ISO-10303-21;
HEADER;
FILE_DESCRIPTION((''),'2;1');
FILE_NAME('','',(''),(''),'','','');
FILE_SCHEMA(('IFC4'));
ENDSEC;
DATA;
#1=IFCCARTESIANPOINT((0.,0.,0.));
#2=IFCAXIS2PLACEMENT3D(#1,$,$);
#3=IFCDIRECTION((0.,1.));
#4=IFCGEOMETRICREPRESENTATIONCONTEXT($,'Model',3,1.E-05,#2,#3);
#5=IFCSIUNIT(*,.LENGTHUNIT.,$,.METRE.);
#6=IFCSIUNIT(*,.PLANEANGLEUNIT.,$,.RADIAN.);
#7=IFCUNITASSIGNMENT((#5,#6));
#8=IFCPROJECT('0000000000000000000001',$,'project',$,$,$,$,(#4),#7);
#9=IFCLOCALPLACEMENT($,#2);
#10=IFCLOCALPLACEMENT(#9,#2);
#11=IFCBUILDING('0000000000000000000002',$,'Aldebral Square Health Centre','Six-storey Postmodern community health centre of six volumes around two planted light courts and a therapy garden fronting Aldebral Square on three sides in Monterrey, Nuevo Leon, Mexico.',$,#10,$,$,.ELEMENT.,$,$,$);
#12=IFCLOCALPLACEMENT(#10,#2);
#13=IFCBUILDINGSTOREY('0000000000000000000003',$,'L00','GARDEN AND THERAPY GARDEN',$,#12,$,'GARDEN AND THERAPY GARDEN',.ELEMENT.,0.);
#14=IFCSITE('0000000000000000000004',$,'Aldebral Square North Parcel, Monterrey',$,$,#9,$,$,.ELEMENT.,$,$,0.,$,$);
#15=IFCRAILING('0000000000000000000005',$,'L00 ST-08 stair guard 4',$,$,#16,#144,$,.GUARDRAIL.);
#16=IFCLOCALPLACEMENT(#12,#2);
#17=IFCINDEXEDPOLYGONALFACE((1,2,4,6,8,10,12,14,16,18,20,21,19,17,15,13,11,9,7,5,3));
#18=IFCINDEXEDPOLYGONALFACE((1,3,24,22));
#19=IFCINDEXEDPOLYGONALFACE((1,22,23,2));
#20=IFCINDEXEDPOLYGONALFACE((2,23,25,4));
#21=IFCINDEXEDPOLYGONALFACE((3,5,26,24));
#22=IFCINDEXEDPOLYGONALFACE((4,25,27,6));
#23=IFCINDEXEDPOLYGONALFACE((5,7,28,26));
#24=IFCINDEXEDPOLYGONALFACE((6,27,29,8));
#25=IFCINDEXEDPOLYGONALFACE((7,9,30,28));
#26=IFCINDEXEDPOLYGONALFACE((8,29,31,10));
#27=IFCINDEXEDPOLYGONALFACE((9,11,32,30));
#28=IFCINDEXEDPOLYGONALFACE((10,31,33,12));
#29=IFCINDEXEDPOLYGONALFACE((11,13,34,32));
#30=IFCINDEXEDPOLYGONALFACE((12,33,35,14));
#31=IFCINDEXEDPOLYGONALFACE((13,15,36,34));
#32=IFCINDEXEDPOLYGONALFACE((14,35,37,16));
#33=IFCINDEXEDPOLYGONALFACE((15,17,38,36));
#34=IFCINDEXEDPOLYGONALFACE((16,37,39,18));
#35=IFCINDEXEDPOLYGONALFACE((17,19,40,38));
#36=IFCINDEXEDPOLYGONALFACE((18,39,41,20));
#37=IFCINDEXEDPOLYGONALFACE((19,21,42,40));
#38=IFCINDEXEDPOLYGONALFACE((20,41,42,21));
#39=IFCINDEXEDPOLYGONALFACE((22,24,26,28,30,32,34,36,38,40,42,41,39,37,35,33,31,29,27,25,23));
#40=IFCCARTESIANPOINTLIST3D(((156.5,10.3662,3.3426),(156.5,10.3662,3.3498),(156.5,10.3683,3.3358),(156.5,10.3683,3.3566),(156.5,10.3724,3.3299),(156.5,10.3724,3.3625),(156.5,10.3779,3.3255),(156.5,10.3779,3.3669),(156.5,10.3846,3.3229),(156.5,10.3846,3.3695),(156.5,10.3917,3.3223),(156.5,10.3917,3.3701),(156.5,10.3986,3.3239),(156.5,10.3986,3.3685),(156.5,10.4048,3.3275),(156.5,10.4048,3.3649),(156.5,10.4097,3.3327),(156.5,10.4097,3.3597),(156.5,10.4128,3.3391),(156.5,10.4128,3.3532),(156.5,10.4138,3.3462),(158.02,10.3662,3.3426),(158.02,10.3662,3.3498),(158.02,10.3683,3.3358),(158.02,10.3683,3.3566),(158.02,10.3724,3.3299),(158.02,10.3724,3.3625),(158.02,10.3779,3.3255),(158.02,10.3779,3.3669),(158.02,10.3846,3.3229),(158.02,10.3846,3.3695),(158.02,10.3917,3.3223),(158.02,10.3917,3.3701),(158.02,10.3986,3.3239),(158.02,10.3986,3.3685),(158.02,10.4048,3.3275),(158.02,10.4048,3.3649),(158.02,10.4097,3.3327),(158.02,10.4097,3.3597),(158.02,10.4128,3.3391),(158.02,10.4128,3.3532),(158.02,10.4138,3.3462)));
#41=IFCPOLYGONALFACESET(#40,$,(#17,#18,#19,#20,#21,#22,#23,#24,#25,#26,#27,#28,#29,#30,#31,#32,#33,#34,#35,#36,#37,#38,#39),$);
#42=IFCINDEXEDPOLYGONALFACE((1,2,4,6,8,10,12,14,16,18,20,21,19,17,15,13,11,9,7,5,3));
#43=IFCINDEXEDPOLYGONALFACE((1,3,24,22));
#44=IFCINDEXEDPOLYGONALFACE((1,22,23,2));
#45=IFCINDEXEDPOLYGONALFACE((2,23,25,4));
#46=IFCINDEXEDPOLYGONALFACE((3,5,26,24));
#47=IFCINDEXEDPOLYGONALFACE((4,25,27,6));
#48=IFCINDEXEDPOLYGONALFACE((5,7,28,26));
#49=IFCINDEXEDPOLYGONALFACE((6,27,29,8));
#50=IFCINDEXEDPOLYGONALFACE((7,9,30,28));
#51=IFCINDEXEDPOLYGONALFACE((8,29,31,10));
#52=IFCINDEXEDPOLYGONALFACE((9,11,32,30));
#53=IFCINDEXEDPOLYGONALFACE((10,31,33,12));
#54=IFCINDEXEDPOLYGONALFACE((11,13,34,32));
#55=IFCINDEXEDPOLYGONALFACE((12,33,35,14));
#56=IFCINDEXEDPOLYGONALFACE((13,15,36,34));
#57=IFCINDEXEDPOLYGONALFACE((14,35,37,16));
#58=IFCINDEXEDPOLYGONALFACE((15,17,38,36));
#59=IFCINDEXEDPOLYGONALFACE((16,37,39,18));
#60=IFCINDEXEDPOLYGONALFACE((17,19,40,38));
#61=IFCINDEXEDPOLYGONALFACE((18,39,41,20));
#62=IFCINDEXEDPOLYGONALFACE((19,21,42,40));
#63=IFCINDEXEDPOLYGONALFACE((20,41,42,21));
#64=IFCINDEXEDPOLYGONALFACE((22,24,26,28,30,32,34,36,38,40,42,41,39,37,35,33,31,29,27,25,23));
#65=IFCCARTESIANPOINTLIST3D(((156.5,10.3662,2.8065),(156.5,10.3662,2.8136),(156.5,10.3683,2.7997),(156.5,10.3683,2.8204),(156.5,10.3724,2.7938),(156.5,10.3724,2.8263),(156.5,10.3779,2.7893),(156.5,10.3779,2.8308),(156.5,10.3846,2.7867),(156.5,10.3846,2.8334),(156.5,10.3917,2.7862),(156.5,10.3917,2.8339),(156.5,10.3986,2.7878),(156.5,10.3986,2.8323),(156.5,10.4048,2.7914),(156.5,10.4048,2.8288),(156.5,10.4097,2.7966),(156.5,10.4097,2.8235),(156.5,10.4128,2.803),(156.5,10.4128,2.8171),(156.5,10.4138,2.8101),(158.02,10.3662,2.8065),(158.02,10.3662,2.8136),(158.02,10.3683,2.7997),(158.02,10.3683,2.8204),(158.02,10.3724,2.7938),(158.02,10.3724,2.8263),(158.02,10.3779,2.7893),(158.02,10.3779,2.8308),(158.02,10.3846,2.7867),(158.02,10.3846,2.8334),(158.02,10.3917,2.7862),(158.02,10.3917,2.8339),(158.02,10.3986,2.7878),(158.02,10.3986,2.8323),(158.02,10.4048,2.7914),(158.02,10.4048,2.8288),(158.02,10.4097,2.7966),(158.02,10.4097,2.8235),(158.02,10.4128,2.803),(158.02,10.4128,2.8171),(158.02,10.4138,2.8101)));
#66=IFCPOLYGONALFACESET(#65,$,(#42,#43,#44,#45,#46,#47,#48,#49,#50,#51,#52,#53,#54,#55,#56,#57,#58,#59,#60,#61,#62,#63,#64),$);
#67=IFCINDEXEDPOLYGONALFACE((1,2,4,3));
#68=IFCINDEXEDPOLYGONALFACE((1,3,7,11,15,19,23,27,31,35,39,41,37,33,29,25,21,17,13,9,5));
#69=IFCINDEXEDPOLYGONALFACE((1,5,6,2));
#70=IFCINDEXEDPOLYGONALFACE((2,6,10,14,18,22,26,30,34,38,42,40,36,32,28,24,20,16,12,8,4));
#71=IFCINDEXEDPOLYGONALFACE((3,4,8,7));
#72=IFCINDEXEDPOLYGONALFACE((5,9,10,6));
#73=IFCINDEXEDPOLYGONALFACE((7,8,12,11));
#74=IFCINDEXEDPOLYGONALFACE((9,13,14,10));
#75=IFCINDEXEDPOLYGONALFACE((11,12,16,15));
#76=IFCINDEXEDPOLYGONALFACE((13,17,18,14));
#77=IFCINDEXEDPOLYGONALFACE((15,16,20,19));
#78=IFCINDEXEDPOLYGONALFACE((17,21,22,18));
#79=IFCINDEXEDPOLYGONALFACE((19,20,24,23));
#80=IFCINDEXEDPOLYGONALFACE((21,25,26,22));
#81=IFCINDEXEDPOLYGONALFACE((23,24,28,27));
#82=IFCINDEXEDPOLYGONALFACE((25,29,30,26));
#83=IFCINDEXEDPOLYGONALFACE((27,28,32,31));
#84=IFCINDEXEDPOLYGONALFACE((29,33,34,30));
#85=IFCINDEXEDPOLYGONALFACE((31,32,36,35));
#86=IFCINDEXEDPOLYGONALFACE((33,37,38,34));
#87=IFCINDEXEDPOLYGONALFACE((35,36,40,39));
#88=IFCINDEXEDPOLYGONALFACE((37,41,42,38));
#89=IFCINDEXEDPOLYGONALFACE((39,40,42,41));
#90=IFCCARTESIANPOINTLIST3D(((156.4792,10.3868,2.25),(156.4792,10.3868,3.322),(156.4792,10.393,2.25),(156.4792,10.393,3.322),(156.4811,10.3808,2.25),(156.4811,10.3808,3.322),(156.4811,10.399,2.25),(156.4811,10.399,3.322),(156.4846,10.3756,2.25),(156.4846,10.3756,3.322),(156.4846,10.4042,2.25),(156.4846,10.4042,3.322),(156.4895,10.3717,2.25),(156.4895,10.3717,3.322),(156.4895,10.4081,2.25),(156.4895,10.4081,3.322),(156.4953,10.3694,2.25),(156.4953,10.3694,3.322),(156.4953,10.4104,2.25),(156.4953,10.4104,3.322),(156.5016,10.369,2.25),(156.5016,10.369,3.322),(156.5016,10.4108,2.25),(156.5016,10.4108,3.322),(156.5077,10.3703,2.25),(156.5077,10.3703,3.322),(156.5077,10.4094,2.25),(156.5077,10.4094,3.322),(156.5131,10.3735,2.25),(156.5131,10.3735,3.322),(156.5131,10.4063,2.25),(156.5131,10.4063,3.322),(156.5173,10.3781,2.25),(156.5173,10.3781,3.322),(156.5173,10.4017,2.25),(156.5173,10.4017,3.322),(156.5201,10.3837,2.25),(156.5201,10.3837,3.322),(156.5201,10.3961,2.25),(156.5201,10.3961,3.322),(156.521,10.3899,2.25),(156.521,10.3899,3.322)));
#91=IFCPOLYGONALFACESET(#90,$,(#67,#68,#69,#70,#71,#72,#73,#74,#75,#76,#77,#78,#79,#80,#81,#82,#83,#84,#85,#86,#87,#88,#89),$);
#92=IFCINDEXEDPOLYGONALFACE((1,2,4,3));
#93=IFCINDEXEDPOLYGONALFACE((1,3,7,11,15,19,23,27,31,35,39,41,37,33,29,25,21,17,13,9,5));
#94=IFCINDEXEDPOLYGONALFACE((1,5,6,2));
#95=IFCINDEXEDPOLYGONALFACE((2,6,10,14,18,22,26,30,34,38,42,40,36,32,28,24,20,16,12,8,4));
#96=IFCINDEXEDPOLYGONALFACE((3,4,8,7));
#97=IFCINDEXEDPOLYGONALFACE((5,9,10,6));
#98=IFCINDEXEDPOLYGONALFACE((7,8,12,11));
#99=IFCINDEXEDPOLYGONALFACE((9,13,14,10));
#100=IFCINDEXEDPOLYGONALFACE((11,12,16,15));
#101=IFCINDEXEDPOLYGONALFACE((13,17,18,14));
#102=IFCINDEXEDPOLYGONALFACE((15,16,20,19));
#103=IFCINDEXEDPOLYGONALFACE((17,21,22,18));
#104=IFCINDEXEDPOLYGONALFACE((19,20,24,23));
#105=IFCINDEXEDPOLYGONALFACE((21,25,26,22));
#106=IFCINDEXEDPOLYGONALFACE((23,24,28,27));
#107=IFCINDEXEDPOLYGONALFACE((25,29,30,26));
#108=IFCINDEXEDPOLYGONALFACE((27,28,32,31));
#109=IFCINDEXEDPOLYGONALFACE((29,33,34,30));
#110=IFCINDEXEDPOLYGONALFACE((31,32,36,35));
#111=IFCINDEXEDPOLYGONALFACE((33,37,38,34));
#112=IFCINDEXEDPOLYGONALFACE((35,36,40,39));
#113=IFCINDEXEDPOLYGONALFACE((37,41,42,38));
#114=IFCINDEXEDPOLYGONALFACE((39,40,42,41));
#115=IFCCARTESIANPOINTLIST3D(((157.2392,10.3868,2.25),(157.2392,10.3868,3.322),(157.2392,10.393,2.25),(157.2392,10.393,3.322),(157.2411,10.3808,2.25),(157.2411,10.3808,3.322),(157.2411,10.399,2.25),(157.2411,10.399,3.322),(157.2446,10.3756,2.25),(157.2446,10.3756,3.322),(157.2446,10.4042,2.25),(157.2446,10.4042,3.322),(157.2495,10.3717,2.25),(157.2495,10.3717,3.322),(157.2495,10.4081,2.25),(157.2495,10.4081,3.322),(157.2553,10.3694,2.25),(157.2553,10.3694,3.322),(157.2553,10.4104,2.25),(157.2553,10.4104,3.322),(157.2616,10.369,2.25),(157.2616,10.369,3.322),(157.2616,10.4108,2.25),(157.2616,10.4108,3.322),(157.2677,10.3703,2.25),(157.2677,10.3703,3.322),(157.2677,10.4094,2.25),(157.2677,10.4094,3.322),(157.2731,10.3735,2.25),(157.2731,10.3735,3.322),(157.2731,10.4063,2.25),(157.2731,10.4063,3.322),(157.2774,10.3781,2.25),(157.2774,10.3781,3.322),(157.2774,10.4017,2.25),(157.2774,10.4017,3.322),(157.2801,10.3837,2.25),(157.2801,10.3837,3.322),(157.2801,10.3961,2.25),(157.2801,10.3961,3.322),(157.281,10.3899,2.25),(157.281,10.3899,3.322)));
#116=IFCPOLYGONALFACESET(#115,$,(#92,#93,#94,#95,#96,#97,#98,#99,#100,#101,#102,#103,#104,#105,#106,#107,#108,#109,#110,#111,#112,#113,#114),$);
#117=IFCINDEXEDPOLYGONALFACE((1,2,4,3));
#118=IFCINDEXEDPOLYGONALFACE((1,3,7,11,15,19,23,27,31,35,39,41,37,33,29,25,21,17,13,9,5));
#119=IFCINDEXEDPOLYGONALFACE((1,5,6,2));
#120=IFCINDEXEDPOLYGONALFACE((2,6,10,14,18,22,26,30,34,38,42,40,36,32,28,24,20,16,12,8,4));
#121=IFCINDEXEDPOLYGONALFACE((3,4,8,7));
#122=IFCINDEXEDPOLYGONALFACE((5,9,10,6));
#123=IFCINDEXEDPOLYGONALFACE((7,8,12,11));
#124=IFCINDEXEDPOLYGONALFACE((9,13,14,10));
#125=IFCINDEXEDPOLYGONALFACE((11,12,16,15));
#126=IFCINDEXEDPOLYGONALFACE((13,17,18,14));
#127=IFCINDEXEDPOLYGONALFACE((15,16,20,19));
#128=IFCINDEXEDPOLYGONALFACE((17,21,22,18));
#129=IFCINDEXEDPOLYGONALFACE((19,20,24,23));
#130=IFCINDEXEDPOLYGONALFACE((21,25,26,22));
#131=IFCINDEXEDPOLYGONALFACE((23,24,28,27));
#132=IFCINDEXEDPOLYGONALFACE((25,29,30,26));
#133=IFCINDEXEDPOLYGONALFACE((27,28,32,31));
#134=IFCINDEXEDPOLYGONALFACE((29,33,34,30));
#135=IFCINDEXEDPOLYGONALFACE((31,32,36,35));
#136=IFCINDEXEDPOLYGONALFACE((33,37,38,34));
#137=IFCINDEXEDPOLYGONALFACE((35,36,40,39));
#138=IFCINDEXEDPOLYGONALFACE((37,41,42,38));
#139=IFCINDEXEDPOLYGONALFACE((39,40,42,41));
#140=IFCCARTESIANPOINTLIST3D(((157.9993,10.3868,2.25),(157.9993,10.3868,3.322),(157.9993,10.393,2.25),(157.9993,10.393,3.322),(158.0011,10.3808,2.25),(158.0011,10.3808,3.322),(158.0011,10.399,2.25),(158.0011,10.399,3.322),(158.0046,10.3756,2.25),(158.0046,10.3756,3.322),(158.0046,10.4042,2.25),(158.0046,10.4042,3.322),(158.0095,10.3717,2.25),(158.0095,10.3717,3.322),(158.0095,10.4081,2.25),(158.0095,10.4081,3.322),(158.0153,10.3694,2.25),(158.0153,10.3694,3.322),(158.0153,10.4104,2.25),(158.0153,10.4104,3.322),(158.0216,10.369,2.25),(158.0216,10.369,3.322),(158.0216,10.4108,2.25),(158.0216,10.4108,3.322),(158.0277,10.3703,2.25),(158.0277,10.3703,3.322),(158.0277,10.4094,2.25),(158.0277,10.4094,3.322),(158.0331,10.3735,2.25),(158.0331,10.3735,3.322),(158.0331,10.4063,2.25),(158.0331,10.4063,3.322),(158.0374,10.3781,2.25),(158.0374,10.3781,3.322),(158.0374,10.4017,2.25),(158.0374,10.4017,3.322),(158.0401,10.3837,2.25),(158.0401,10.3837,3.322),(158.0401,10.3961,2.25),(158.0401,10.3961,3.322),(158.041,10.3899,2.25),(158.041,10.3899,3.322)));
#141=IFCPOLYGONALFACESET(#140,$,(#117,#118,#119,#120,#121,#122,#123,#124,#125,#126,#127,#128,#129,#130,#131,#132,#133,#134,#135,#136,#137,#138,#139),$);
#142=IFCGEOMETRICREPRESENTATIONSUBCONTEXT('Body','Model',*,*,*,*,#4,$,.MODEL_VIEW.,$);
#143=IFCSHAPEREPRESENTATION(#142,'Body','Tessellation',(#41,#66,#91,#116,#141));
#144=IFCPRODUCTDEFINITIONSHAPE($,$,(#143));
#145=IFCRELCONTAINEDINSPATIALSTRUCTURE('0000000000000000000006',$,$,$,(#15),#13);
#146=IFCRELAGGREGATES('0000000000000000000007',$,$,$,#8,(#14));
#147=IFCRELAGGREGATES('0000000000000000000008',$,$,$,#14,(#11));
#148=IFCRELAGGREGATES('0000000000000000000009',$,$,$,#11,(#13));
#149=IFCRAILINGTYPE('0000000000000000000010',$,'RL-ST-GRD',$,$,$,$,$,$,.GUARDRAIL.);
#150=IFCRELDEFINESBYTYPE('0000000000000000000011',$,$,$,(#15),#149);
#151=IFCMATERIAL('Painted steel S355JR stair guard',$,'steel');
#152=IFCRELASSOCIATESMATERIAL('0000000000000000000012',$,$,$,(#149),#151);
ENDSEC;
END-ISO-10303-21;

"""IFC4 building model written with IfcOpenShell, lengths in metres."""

from ifc_helpers import new_model, si_unit, direction, frame, origin, origin_2d, place, context, subcontext, project, spatial, circle, extrude, material, type_object, element, save


model = new_model("IFC4")

# Units and contexts
model_context = context("Model", 3, precision=1e-05, world=origin(), true_north=direction((0.0, 1.0)))
body_context = subcontext(model_context, "Body", "Model", "MODEL_VIEW")
ifc_project = project(units=[si_unit("LENGTHUNIT", "METRE"), si_unit("PLANEANGLEUNIT", "RADIAN")], contexts=[model_context])

# Site, building, storey
site_placement = place(None, origin())
site = spatial("IfcSite", under=ifc_project, at=site_placement, Name="Aldebral Square North Parcel, Monterrey", CompositionType="ELEMENT", RefElevation=0.0)
building_placement = place(site_placement, origin())
building = spatial("IfcBuilding", under=site, at=building_placement, Name="Aldebral Square Health Centre", Description="Six-storey Postmodern community health centre of six volumes around two planted light courts and a therapy garden fronting Aldebral Square on three sides in Monterrey, Nuevo Leon, Mexico.", CompositionType="ELEMENT")
storey_placement = place(building_placement, origin())
storey = spatial("IfcBuildingStorey", under=building, at=storey_placement, Name="L00", Description="GARDEN AND THERAPY GARDEN", LongName="GARDEN AND THERAPY GARDEN", CompositionType="ELEMENT", Elevation=0.0)

# Railing
ifc_material_1 = material(Name="Painted steel S355JR stair guard", Category="steel")
railing_type_1 = type_object("IfcRailingType", Name="RL-ST-GRD", PredefinedType="GUARDRAIL", material=ifc_material_1)
for number, where, name in (
    (1, (156.5, 10.3899, 2.25), "L00 ST-08 stair guard 4"),
):
    element("IfcRailing", number, at=place(storey_placement, frame(where)), inside=storey, type_object=railing_type_1, Name=name, PredefinedType="GUARDRAIL", context=body_context, shape_type="SweptSolid", body=[
        extrude(circle(Radius=0.0239, at=origin_2d()), frame((0.0, 0.0, 1.0962), z_axis=(1.0, 0.0, 0.0), x_axis=(0.0, 1.0, 0.0)), (0.0, 0.0, 1.0), 1.52),
        extrude(circle(Radius=0.0239, at=origin_2d()), frame((0.0, 0.0, 0.5601), z_axis=(1.0, 0.0, 0.0), x_axis=(0.0, 1.0, 0.0)), (0.0, 0.0, 1.0), 1.52),
        extrude(circle(Radius=0.021, at=origin_2d()), origin(), (0.0, 0.0, 1.0), 1.072),
        extrude(circle(Radius=0.021, at=origin_2d()), frame((0.76, 0.0, 0.0)), (0.0, 0.0, 1.0), 1.072),
        extrude(circle(Radius=0.021, at=origin_2d()), frame((1.52, 0.0, 0.0)), (0.0, 0.0, 1.0), 1.072),
    ])

save(model, "model.ifc")
